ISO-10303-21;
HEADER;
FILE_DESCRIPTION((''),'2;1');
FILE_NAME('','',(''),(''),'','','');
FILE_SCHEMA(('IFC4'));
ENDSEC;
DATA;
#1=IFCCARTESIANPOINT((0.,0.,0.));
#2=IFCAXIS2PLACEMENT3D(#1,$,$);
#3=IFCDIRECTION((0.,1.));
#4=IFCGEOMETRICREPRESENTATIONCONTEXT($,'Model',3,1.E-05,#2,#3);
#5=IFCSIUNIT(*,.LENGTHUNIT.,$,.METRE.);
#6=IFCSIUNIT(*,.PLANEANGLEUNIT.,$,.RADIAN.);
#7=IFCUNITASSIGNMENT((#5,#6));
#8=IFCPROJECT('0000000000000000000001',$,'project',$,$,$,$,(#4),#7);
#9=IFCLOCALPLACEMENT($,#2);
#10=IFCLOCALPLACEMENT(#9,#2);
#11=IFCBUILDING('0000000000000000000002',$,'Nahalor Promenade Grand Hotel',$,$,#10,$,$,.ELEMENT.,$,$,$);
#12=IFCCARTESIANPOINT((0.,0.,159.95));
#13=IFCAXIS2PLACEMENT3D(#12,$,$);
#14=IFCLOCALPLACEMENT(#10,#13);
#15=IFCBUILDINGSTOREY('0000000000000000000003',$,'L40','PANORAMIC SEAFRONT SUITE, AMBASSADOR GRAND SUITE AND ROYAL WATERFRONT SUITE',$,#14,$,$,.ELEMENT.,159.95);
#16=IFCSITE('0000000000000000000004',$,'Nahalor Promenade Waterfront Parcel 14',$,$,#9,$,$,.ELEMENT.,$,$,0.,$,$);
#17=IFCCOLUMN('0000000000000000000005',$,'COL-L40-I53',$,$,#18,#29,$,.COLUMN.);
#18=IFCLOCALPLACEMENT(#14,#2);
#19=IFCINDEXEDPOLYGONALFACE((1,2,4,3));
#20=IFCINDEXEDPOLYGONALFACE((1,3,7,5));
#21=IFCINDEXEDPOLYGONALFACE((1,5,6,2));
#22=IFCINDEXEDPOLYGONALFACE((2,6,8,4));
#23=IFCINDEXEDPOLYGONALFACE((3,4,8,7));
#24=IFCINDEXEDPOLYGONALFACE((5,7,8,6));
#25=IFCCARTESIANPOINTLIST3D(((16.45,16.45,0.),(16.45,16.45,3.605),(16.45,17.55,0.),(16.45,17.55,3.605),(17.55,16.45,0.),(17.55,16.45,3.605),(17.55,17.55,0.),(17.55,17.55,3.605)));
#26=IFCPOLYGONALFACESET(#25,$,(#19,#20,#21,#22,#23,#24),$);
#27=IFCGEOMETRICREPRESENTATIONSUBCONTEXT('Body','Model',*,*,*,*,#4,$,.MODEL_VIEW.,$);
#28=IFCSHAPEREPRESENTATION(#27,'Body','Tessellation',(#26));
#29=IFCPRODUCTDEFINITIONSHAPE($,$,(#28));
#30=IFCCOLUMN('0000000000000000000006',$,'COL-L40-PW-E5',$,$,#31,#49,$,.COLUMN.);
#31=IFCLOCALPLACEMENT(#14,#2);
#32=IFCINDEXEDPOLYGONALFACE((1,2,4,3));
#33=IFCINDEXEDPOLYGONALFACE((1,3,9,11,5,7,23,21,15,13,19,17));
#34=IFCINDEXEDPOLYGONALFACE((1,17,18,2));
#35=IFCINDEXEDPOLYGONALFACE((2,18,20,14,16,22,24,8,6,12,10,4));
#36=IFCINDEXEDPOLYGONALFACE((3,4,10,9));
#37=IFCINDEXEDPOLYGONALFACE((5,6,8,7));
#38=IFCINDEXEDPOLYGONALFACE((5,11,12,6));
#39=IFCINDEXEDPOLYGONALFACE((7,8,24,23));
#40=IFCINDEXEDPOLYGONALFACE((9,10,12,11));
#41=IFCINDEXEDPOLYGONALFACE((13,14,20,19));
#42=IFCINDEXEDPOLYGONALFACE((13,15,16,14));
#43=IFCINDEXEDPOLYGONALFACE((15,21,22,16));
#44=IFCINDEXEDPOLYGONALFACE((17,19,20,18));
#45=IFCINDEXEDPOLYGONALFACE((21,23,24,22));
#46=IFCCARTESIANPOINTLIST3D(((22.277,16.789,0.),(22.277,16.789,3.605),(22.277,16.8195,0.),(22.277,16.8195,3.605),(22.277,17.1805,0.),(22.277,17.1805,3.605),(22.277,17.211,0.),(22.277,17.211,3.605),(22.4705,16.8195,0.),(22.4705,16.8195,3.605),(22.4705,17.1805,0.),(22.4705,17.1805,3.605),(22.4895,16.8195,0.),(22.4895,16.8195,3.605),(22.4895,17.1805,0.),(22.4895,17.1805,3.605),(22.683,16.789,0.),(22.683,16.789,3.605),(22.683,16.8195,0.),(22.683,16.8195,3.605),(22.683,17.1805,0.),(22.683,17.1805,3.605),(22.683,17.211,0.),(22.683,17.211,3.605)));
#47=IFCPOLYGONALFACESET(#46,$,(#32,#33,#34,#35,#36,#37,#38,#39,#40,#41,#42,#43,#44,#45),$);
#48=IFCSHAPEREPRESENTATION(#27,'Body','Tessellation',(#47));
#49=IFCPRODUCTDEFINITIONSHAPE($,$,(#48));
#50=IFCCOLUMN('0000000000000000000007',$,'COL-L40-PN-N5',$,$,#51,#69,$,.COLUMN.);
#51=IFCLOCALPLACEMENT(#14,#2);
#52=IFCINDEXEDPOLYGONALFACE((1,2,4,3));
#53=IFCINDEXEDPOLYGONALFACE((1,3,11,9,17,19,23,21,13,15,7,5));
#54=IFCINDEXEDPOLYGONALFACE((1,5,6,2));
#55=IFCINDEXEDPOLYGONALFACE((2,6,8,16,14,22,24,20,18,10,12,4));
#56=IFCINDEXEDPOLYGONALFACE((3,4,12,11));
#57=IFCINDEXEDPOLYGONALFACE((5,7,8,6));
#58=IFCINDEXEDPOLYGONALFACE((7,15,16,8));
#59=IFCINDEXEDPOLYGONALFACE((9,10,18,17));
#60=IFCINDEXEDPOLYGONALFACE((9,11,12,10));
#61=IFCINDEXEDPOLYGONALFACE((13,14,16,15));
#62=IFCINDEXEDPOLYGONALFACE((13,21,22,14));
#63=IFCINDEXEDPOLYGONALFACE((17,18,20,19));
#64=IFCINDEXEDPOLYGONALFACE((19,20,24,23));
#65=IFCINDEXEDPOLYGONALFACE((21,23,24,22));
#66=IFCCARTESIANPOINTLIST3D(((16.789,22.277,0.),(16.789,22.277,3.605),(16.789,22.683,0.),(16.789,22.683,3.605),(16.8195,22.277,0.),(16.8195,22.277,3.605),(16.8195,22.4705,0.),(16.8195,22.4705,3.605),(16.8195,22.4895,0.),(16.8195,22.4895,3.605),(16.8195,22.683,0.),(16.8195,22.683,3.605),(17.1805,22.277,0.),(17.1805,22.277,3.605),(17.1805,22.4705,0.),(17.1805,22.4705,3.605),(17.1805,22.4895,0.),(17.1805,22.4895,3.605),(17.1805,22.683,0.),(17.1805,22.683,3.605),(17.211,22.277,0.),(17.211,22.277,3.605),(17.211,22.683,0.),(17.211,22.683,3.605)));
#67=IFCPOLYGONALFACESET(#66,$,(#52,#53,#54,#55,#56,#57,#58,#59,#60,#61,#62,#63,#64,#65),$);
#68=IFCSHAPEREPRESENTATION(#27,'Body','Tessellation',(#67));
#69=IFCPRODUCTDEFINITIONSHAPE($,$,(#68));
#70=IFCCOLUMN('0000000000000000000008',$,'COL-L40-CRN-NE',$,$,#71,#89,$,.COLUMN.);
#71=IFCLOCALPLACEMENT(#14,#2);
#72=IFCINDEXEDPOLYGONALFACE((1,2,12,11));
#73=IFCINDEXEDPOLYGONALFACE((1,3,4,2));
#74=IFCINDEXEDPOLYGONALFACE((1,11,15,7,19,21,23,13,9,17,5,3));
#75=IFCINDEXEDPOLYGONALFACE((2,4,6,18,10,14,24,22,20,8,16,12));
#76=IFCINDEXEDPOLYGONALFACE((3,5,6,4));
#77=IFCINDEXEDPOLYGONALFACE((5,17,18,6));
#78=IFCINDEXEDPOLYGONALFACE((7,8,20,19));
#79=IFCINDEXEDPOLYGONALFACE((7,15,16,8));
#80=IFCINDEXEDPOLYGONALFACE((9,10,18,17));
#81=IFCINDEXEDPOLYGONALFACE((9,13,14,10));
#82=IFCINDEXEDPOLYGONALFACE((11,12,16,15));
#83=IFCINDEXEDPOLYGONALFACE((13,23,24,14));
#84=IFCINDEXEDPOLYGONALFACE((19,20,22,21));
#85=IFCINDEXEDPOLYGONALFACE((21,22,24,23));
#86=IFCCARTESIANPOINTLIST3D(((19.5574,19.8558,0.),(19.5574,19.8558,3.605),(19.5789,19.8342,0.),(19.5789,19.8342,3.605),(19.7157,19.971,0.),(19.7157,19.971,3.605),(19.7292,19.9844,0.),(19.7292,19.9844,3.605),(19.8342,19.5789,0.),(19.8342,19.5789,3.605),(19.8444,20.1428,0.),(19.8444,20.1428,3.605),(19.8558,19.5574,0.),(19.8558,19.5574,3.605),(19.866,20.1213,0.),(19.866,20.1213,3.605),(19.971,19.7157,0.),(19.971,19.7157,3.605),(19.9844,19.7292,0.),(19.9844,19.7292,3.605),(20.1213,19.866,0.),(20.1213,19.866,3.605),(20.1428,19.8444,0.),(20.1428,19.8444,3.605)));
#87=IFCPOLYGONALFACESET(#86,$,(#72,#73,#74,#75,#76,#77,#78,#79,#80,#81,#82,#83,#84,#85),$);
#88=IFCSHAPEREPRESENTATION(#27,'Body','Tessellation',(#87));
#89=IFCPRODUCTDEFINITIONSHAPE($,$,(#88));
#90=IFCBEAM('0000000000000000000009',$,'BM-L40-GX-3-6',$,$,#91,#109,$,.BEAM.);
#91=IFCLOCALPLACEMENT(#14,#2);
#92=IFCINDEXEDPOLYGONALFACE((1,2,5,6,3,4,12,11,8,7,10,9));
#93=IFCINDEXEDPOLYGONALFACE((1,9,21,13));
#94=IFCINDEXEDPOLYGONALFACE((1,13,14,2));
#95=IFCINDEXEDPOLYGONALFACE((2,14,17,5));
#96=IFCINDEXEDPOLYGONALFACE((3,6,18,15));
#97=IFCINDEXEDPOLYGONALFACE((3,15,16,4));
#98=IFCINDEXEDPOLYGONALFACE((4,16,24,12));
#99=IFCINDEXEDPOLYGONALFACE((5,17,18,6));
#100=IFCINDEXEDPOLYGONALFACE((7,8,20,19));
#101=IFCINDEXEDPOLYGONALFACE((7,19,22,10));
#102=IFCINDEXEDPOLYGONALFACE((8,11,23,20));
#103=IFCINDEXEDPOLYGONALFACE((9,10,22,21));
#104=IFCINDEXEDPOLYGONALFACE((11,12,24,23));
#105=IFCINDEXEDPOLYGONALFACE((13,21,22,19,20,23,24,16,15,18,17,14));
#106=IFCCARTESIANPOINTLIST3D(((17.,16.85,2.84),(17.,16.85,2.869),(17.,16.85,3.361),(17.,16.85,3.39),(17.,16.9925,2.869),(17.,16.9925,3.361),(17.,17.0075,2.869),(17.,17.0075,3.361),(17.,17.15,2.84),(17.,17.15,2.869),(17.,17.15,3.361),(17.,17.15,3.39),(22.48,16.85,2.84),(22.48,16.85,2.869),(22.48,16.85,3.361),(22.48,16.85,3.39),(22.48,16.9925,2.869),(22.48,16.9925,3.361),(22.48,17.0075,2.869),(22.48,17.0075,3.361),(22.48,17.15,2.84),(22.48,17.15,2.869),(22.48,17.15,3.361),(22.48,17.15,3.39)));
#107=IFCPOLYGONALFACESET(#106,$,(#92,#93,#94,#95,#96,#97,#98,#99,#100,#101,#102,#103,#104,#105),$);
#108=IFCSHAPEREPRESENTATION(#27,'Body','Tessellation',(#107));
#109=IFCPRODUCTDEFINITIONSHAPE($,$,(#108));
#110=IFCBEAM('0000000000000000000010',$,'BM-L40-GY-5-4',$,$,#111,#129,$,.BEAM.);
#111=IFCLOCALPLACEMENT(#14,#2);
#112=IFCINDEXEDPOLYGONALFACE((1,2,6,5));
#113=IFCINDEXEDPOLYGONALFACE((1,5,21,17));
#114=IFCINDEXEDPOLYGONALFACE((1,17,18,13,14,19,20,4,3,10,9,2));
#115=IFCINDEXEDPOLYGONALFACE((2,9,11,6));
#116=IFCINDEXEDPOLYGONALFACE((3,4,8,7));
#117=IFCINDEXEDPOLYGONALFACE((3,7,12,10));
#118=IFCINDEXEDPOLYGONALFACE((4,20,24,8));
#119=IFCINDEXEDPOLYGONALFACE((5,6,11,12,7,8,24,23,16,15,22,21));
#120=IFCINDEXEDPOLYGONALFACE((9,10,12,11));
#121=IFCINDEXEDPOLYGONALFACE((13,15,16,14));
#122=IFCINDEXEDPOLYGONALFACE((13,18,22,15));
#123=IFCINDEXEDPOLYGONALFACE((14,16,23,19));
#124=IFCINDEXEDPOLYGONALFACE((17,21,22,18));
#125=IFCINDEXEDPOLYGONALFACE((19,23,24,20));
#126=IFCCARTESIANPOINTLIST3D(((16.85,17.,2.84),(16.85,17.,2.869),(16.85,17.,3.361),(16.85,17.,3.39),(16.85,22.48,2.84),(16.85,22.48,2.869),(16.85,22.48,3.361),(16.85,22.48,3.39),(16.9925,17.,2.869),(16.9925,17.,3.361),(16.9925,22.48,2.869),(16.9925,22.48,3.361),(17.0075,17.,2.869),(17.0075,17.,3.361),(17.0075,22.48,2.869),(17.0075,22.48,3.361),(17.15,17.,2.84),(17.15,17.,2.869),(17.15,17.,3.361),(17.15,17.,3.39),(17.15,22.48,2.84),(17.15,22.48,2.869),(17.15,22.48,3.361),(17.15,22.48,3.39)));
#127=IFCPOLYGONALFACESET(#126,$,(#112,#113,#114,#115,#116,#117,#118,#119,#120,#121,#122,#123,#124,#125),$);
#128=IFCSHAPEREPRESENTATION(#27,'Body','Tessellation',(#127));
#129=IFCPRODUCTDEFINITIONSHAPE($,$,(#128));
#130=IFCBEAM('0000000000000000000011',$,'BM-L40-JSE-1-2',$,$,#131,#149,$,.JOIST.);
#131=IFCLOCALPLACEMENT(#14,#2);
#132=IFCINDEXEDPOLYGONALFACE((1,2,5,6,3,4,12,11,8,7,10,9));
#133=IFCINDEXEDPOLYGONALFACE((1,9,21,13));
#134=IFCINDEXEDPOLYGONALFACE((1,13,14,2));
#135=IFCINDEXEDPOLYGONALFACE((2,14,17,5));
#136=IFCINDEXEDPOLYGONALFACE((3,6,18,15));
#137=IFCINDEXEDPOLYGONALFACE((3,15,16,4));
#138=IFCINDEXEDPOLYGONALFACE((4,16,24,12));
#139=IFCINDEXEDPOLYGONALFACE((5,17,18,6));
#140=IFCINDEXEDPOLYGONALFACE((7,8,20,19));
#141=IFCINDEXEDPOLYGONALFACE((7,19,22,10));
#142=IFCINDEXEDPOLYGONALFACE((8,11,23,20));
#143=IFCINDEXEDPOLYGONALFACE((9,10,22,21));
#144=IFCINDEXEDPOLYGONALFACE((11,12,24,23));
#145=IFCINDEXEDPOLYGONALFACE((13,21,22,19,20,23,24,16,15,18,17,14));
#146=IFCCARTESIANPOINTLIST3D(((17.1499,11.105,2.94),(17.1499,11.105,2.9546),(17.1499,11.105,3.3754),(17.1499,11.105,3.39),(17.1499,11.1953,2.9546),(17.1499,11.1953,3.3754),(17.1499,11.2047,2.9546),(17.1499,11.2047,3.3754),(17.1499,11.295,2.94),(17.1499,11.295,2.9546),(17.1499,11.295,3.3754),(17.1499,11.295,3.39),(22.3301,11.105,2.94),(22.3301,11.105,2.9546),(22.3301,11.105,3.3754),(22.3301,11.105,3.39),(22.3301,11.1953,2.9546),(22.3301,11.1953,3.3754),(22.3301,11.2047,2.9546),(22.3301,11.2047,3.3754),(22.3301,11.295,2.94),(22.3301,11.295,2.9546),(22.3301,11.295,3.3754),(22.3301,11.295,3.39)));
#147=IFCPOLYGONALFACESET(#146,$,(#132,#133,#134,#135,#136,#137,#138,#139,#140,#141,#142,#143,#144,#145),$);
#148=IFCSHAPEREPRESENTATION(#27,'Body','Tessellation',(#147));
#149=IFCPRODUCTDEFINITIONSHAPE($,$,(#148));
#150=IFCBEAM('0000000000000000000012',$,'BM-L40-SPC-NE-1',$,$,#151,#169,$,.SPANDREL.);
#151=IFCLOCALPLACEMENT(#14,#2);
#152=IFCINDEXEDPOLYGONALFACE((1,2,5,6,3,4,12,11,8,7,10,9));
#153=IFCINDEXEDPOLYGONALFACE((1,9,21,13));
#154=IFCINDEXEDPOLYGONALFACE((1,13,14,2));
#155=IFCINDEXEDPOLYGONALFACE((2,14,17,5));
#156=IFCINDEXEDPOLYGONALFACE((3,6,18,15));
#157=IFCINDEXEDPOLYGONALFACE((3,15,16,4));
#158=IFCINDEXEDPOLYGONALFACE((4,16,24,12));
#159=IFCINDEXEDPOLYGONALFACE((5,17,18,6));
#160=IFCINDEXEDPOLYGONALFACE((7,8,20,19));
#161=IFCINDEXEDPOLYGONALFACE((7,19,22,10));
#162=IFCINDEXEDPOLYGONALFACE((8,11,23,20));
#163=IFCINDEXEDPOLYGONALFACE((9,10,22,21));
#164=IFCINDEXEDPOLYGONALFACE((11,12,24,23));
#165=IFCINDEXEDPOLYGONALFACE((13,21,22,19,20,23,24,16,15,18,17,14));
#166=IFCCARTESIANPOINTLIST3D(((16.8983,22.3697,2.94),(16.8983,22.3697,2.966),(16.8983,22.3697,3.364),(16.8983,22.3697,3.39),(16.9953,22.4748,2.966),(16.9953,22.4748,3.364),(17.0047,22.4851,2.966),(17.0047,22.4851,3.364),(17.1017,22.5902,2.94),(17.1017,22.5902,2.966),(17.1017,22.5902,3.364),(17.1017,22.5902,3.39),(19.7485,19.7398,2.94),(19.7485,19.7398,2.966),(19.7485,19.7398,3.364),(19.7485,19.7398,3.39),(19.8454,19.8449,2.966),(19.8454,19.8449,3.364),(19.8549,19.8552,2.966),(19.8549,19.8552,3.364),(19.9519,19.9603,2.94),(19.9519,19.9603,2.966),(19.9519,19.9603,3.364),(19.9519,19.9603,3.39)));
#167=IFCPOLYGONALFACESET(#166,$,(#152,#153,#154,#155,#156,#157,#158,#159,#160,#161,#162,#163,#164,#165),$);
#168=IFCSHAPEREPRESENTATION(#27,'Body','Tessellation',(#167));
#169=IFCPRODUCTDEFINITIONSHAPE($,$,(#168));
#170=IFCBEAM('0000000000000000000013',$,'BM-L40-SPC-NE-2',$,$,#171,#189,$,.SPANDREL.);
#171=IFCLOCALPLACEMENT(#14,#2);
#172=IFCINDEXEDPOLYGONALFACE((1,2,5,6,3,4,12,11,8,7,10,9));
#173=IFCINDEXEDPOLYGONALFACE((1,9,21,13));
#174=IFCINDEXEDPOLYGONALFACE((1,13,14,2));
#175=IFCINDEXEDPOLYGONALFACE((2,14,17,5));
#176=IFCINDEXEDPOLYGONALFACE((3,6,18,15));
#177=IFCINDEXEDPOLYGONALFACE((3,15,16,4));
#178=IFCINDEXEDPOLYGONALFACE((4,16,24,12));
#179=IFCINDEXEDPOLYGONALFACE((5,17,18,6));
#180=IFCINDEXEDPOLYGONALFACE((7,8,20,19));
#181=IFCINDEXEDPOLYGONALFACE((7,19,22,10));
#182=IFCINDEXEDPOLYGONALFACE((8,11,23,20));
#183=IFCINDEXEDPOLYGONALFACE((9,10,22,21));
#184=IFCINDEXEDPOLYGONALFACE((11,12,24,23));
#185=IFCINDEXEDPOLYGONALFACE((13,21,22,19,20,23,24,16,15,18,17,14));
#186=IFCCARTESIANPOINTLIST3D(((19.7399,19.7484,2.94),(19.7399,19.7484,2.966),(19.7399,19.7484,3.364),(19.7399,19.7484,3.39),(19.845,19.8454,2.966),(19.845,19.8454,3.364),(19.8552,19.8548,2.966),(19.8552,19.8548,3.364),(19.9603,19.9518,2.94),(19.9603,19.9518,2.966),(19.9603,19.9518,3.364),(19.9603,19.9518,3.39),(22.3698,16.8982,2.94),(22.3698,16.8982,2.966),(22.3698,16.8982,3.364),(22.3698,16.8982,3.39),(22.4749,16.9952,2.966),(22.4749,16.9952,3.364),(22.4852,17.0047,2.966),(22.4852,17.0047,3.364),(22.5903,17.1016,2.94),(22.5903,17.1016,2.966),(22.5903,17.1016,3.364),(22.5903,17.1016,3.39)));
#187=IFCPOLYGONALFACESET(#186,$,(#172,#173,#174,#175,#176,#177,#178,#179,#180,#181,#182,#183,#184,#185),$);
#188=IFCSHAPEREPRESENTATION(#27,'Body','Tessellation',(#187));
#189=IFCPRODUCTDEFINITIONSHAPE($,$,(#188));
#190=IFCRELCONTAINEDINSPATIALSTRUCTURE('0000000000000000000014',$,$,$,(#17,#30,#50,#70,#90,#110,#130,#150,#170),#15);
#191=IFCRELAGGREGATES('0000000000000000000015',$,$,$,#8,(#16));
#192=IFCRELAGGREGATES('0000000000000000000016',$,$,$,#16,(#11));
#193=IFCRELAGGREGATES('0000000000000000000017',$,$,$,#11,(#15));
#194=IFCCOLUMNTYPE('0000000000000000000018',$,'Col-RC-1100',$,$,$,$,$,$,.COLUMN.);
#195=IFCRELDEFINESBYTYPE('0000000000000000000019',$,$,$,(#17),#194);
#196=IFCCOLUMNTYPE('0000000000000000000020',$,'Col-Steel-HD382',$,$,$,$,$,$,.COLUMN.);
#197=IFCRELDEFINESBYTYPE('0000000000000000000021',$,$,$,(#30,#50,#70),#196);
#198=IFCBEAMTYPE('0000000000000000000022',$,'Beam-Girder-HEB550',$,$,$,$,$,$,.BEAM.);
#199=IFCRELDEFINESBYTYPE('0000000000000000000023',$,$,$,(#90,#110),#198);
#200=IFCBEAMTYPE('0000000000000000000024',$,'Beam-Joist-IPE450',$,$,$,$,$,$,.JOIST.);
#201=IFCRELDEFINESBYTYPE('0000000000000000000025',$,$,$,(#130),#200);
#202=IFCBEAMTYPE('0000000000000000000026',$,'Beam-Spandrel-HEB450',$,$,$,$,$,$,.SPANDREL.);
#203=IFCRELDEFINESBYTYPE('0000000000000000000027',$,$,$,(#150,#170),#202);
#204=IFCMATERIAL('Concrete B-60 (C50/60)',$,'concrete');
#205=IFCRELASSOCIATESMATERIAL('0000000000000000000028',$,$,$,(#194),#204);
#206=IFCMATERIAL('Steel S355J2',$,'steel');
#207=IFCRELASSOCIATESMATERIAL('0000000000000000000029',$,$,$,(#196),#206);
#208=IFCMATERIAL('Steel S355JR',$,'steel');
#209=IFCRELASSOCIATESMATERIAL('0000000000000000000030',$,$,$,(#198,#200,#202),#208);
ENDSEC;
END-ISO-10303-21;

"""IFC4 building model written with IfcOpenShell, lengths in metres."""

from ifc_helpers import new_model, si_unit, direction, frame, origin, origin_2d, place, context, subcontext, project, spatial, rectangle, i_section, extrude, source, transform, mapped, material, material_profile, profile_set, type_object, element, save


model = new_model("IFC4")

# Units and contexts
model_context = context("Model", 3, precision=1e-05, world=origin(), true_north=direction((0.0, 1.0)))
body_context = subcontext(model_context, "Body", "Model", "MODEL_VIEW")
ifc_project = project(units=[si_unit("LENGTHUNIT", "METRE"), si_unit("PLANEANGLEUNIT", "RADIAN")], contexts=[model_context])

# Site, building, storey
site_placement = place(None, origin())
site = spatial("IfcSite", under=ifc_project, at=site_placement, Name="Nahalor Promenade Waterfront Parcel 14", CompositionType="ELEMENT", RefElevation=0.0)
building_placement = place(site_placement, origin())
building = spatial("IfcBuilding", under=site, at=building_placement, Name="Nahalor Promenade Grand Hotel", CompositionType="ELEMENT")
storey_placement = place(building_placement, frame((0.0, 0.0, 159.95)))
storey = spatial("IfcBuildingStorey", under=building, at=storey_placement, Name="L40", Description="PANORAMIC SEAFRONT SUITE, AMBASSADOR GRAND SUITE AND ROYAL WATERFRONT SUITE", CompositionType="ELEMENT", Elevation=159.95)

# Columns
ifc_material_1 = material(Name="Concrete B-60 (C50/60)", Category="concrete")
ifc_material_profile_1 = material_profile(ifc_material_1, rectangle(XDim=1.1, YDim=1.1, at=origin_2d()), Name="RC 1100x1100")
ifc_profile_set_1 = profile_set([ifc_material_profile_1], Name="Concrete B-60 (C50/60)")
column_type_1 = type_object("IfcColumnType", Name="Col-RC-1100", PredefinedType="COLUMN", material=ifc_profile_set_1)
shared_shape_1 = source(origin(), body_context, "Body", "SweptSolid", [
    extrude(rectangle(XDim=1.1, YDim=1.1, at=origin_2d()), origin(), (0.0, 0.0, 1.0), 3.605),
])
column_placement = place(storey_placement, frame((17.0, 17.0, 0.0), z_axis=(0.0, 0.0, 1.0), x_axis=(1.0, 0.0, 0.0)))
element("IfcColumn", 1, at=column_placement, inside=storey, type_object=column_type_1, Name="COL-L40-I53", PredefinedType="COLUMN", context=body_context, shape_type="MappedRepresentation", body=[
    mapped(shared_shape_1, transform((0.0, 0.0, 0.0), scale=1.0)),
])
ifc_material_2 = material(Name="Steel S355J2", Category="steel")
ifc_material_profile_2 = material_profile(ifc_material_2, i_section(OverallWidth=0.406, OverallDepth=0.422, WebThickness=0.019, FlangeThickness=0.0305, at=origin_2d()), Name="HD 400x382")
ifc_profile_set_2 = profile_set([ifc_material_profile_2], Name="Steel S355J2")
column_type_2 = type_object("IfcColumnType", Name="Col-Steel-HD382", PredefinedType="COLUMN", material=ifc_profile_set_2)
shared_shape_2 = source(origin(), body_context, "Body", "SweptSolid", [
    extrude(i_section(OverallWidth=0.406, OverallDepth=0.422, WebThickness=0.019, FlangeThickness=0.0305, at=origin_2d()), origin(), (0.0, 0.0, 1.0), 3.605),
])
for number, where, z_axis, x_axis, name in (
    (2, (22.48, 17.0, 0.0), (0.0, 0.0, 1.0), (1.0, 0.0, 0.0), "COL-L40-PW-E5"),
    (3, (17.0, 22.48, 0.0), (0.0, 0.0, 1.0), (0.0, 1.0, 0.0), "COL-L40-PN-N5"),
    (4, (19.8501, 19.8501, 0.0), (0.0, 0.0, 1.0), (0.707107, 0.707107, 0.0), "COL-L40-CRN-NE"),
):
    element("IfcColumn", number, at=place(storey_placement, frame(where, z_axis=z_axis, x_axis=x_axis)), inside=storey, type_object=column_type_2, Name=name, PredefinedType="COLUMN", context=body_context, shape_type="MappedRepresentation", body=[
        mapped(shared_shape_2, transform((0.0, 0.0, 0.0), scale=1.0)),
    ])

# Beams
ifc_material_3 = material(Name="Steel S355JR", Category="steel")
ifc_material_profile_3 = material_profile(ifc_material_3, i_section(OverallWidth=0.3, OverallDepth=0.55, WebThickness=0.015, FlangeThickness=0.029, at=origin_2d()), Name="HEB 550")
ifc_profile_set_3 = profile_set([ifc_material_profile_3], Name="Steel S355JR")
beam_type_1 = type_object("IfcBeamType", Name="Beam-Girder-HEB550", PredefinedType="BEAM", material=ifc_profile_set_3)
shared_shape_3 = source(origin(), body_context, "Body", "SweptSolid", [
    extrude(i_section(OverallWidth=0.3, OverallDepth=0.55, WebThickness=0.015, FlangeThickness=0.029, at=origin_2d()), origin(), (0.0, 0.0, 1.0), 5.48),
])
for number, where, z_axis, x_axis, name in (
    (5, (17.0, 17.0, 3.115), (1.0, 0.0, 0.0), (0.0, 1.0, 0.0), "BM-L40-GX-3-6"),
    (6, (17.0, 17.0, 3.115), (0.0, 1.0, 0.0), (-1.0, 0.0, 0.0), "BM-L40-GY-5-4"),
):
    element("IfcBeam", number, at=place(storey_placement, frame(where, z_axis=z_axis, x_axis=x_axis)), inside=storey, type_object=beam_type_1, Name=name, PredefinedType="BEAM", context=body_context, shape_type="MappedRepresentation", body=[
        mapped(shared_shape_3, transform((0.0, 0.0, 0.0), scale=1.0)),
    ])
ifc_material_profile_4 = material_profile(ifc_material_3, i_section(OverallWidth=0.19, OverallDepth=0.45, WebThickness=0.0094, FlangeThickness=0.0146, at=origin_2d()), Name="IPE 450")
ifc_profile_set_4 = profile_set([ifc_material_profile_4], Name="Steel S355JR")
beam_type_2 = type_object("IfcBeamType", Name="Beam-Joist-IPE450", PredefinedType="JOIST", material=ifc_profile_set_4)
shared_shape_4 = source(origin(), body_context, "Body", "SweptSolid", [
    extrude(i_section(OverallWidth=0.19, OverallDepth=0.45, WebThickness=0.0094, FlangeThickness=0.0146, at=origin_2d()), origin(), (0.0, 0.0, 1.0), 5.1802),
])
beam_placement = place(storey_placement, frame((17.1499, 11.2, 3.165), z_axis=(1.0, 0.0, 0.0), x_axis=(0.0, 1.0, 0.0)))
element("IfcBeam", 7, at=beam_placement, inside=storey, type_object=beam_type_2, Name="BM-L40-JSE-1-2", PredefinedType="JOIST", context=body_context, shape_type="MappedRepresentation", body=[
    mapped(shared_shape_4, transform((0.0, 0.0, 0.0), scale=1.0)),
])
ifc_material_profile_5 = material_profile(ifc_material_3, i_section(OverallWidth=0.3, OverallDepth=0.45, WebThickness=0.014, FlangeThickness=0.026, at=origin_2d()), Name="HEB 450")
ifc_profile_set_5 = profile_set([ifc_material_profile_5], Name="Steel S355JR")
beam_type_3 = type_object("IfcBeamType", Name="Beam-Spandrel-HEB450", PredefinedType="SPANDREL", material=ifc_profile_set_5)
shared_shape_5 = source(origin(), body_context, "Body", "SweptSolid", [
    extrude(i_section(OverallWidth=0.3, OverallDepth=0.45, WebThickness=0.014, FlangeThickness=0.026, at=origin_2d()), origin(), (0.0, 0.0, 1.0), 3.8782),
])
for number, where, z_axis, x_axis, name in (
    (8, (17.0, 22.48, 3.165), (0.734929, -0.678144, 0.0), (0.678144, 0.734929, 0.0), "BM-L40-SPC-NE-1"),
    (9, (19.8501, 19.8501, 3.165), (0.678144, -0.734929, 0.0), (0.734929, 0.678144, 0.0), "BM-L40-SPC-NE-2"),
):
    element("IfcBeam", number, at=place(storey_placement, frame(where, z_axis=z_axis, x_axis=x_axis)), inside=storey, type_object=beam_type_3, Name=name, PredefinedType="SPANDREL", context=body_context, shape_type="MappedRepresentation", body=[
        mapped(shared_shape_5, transform((0.0, 0.0, 0.0), scale=1.0)),
    ])

save(model, "model.ifc")
